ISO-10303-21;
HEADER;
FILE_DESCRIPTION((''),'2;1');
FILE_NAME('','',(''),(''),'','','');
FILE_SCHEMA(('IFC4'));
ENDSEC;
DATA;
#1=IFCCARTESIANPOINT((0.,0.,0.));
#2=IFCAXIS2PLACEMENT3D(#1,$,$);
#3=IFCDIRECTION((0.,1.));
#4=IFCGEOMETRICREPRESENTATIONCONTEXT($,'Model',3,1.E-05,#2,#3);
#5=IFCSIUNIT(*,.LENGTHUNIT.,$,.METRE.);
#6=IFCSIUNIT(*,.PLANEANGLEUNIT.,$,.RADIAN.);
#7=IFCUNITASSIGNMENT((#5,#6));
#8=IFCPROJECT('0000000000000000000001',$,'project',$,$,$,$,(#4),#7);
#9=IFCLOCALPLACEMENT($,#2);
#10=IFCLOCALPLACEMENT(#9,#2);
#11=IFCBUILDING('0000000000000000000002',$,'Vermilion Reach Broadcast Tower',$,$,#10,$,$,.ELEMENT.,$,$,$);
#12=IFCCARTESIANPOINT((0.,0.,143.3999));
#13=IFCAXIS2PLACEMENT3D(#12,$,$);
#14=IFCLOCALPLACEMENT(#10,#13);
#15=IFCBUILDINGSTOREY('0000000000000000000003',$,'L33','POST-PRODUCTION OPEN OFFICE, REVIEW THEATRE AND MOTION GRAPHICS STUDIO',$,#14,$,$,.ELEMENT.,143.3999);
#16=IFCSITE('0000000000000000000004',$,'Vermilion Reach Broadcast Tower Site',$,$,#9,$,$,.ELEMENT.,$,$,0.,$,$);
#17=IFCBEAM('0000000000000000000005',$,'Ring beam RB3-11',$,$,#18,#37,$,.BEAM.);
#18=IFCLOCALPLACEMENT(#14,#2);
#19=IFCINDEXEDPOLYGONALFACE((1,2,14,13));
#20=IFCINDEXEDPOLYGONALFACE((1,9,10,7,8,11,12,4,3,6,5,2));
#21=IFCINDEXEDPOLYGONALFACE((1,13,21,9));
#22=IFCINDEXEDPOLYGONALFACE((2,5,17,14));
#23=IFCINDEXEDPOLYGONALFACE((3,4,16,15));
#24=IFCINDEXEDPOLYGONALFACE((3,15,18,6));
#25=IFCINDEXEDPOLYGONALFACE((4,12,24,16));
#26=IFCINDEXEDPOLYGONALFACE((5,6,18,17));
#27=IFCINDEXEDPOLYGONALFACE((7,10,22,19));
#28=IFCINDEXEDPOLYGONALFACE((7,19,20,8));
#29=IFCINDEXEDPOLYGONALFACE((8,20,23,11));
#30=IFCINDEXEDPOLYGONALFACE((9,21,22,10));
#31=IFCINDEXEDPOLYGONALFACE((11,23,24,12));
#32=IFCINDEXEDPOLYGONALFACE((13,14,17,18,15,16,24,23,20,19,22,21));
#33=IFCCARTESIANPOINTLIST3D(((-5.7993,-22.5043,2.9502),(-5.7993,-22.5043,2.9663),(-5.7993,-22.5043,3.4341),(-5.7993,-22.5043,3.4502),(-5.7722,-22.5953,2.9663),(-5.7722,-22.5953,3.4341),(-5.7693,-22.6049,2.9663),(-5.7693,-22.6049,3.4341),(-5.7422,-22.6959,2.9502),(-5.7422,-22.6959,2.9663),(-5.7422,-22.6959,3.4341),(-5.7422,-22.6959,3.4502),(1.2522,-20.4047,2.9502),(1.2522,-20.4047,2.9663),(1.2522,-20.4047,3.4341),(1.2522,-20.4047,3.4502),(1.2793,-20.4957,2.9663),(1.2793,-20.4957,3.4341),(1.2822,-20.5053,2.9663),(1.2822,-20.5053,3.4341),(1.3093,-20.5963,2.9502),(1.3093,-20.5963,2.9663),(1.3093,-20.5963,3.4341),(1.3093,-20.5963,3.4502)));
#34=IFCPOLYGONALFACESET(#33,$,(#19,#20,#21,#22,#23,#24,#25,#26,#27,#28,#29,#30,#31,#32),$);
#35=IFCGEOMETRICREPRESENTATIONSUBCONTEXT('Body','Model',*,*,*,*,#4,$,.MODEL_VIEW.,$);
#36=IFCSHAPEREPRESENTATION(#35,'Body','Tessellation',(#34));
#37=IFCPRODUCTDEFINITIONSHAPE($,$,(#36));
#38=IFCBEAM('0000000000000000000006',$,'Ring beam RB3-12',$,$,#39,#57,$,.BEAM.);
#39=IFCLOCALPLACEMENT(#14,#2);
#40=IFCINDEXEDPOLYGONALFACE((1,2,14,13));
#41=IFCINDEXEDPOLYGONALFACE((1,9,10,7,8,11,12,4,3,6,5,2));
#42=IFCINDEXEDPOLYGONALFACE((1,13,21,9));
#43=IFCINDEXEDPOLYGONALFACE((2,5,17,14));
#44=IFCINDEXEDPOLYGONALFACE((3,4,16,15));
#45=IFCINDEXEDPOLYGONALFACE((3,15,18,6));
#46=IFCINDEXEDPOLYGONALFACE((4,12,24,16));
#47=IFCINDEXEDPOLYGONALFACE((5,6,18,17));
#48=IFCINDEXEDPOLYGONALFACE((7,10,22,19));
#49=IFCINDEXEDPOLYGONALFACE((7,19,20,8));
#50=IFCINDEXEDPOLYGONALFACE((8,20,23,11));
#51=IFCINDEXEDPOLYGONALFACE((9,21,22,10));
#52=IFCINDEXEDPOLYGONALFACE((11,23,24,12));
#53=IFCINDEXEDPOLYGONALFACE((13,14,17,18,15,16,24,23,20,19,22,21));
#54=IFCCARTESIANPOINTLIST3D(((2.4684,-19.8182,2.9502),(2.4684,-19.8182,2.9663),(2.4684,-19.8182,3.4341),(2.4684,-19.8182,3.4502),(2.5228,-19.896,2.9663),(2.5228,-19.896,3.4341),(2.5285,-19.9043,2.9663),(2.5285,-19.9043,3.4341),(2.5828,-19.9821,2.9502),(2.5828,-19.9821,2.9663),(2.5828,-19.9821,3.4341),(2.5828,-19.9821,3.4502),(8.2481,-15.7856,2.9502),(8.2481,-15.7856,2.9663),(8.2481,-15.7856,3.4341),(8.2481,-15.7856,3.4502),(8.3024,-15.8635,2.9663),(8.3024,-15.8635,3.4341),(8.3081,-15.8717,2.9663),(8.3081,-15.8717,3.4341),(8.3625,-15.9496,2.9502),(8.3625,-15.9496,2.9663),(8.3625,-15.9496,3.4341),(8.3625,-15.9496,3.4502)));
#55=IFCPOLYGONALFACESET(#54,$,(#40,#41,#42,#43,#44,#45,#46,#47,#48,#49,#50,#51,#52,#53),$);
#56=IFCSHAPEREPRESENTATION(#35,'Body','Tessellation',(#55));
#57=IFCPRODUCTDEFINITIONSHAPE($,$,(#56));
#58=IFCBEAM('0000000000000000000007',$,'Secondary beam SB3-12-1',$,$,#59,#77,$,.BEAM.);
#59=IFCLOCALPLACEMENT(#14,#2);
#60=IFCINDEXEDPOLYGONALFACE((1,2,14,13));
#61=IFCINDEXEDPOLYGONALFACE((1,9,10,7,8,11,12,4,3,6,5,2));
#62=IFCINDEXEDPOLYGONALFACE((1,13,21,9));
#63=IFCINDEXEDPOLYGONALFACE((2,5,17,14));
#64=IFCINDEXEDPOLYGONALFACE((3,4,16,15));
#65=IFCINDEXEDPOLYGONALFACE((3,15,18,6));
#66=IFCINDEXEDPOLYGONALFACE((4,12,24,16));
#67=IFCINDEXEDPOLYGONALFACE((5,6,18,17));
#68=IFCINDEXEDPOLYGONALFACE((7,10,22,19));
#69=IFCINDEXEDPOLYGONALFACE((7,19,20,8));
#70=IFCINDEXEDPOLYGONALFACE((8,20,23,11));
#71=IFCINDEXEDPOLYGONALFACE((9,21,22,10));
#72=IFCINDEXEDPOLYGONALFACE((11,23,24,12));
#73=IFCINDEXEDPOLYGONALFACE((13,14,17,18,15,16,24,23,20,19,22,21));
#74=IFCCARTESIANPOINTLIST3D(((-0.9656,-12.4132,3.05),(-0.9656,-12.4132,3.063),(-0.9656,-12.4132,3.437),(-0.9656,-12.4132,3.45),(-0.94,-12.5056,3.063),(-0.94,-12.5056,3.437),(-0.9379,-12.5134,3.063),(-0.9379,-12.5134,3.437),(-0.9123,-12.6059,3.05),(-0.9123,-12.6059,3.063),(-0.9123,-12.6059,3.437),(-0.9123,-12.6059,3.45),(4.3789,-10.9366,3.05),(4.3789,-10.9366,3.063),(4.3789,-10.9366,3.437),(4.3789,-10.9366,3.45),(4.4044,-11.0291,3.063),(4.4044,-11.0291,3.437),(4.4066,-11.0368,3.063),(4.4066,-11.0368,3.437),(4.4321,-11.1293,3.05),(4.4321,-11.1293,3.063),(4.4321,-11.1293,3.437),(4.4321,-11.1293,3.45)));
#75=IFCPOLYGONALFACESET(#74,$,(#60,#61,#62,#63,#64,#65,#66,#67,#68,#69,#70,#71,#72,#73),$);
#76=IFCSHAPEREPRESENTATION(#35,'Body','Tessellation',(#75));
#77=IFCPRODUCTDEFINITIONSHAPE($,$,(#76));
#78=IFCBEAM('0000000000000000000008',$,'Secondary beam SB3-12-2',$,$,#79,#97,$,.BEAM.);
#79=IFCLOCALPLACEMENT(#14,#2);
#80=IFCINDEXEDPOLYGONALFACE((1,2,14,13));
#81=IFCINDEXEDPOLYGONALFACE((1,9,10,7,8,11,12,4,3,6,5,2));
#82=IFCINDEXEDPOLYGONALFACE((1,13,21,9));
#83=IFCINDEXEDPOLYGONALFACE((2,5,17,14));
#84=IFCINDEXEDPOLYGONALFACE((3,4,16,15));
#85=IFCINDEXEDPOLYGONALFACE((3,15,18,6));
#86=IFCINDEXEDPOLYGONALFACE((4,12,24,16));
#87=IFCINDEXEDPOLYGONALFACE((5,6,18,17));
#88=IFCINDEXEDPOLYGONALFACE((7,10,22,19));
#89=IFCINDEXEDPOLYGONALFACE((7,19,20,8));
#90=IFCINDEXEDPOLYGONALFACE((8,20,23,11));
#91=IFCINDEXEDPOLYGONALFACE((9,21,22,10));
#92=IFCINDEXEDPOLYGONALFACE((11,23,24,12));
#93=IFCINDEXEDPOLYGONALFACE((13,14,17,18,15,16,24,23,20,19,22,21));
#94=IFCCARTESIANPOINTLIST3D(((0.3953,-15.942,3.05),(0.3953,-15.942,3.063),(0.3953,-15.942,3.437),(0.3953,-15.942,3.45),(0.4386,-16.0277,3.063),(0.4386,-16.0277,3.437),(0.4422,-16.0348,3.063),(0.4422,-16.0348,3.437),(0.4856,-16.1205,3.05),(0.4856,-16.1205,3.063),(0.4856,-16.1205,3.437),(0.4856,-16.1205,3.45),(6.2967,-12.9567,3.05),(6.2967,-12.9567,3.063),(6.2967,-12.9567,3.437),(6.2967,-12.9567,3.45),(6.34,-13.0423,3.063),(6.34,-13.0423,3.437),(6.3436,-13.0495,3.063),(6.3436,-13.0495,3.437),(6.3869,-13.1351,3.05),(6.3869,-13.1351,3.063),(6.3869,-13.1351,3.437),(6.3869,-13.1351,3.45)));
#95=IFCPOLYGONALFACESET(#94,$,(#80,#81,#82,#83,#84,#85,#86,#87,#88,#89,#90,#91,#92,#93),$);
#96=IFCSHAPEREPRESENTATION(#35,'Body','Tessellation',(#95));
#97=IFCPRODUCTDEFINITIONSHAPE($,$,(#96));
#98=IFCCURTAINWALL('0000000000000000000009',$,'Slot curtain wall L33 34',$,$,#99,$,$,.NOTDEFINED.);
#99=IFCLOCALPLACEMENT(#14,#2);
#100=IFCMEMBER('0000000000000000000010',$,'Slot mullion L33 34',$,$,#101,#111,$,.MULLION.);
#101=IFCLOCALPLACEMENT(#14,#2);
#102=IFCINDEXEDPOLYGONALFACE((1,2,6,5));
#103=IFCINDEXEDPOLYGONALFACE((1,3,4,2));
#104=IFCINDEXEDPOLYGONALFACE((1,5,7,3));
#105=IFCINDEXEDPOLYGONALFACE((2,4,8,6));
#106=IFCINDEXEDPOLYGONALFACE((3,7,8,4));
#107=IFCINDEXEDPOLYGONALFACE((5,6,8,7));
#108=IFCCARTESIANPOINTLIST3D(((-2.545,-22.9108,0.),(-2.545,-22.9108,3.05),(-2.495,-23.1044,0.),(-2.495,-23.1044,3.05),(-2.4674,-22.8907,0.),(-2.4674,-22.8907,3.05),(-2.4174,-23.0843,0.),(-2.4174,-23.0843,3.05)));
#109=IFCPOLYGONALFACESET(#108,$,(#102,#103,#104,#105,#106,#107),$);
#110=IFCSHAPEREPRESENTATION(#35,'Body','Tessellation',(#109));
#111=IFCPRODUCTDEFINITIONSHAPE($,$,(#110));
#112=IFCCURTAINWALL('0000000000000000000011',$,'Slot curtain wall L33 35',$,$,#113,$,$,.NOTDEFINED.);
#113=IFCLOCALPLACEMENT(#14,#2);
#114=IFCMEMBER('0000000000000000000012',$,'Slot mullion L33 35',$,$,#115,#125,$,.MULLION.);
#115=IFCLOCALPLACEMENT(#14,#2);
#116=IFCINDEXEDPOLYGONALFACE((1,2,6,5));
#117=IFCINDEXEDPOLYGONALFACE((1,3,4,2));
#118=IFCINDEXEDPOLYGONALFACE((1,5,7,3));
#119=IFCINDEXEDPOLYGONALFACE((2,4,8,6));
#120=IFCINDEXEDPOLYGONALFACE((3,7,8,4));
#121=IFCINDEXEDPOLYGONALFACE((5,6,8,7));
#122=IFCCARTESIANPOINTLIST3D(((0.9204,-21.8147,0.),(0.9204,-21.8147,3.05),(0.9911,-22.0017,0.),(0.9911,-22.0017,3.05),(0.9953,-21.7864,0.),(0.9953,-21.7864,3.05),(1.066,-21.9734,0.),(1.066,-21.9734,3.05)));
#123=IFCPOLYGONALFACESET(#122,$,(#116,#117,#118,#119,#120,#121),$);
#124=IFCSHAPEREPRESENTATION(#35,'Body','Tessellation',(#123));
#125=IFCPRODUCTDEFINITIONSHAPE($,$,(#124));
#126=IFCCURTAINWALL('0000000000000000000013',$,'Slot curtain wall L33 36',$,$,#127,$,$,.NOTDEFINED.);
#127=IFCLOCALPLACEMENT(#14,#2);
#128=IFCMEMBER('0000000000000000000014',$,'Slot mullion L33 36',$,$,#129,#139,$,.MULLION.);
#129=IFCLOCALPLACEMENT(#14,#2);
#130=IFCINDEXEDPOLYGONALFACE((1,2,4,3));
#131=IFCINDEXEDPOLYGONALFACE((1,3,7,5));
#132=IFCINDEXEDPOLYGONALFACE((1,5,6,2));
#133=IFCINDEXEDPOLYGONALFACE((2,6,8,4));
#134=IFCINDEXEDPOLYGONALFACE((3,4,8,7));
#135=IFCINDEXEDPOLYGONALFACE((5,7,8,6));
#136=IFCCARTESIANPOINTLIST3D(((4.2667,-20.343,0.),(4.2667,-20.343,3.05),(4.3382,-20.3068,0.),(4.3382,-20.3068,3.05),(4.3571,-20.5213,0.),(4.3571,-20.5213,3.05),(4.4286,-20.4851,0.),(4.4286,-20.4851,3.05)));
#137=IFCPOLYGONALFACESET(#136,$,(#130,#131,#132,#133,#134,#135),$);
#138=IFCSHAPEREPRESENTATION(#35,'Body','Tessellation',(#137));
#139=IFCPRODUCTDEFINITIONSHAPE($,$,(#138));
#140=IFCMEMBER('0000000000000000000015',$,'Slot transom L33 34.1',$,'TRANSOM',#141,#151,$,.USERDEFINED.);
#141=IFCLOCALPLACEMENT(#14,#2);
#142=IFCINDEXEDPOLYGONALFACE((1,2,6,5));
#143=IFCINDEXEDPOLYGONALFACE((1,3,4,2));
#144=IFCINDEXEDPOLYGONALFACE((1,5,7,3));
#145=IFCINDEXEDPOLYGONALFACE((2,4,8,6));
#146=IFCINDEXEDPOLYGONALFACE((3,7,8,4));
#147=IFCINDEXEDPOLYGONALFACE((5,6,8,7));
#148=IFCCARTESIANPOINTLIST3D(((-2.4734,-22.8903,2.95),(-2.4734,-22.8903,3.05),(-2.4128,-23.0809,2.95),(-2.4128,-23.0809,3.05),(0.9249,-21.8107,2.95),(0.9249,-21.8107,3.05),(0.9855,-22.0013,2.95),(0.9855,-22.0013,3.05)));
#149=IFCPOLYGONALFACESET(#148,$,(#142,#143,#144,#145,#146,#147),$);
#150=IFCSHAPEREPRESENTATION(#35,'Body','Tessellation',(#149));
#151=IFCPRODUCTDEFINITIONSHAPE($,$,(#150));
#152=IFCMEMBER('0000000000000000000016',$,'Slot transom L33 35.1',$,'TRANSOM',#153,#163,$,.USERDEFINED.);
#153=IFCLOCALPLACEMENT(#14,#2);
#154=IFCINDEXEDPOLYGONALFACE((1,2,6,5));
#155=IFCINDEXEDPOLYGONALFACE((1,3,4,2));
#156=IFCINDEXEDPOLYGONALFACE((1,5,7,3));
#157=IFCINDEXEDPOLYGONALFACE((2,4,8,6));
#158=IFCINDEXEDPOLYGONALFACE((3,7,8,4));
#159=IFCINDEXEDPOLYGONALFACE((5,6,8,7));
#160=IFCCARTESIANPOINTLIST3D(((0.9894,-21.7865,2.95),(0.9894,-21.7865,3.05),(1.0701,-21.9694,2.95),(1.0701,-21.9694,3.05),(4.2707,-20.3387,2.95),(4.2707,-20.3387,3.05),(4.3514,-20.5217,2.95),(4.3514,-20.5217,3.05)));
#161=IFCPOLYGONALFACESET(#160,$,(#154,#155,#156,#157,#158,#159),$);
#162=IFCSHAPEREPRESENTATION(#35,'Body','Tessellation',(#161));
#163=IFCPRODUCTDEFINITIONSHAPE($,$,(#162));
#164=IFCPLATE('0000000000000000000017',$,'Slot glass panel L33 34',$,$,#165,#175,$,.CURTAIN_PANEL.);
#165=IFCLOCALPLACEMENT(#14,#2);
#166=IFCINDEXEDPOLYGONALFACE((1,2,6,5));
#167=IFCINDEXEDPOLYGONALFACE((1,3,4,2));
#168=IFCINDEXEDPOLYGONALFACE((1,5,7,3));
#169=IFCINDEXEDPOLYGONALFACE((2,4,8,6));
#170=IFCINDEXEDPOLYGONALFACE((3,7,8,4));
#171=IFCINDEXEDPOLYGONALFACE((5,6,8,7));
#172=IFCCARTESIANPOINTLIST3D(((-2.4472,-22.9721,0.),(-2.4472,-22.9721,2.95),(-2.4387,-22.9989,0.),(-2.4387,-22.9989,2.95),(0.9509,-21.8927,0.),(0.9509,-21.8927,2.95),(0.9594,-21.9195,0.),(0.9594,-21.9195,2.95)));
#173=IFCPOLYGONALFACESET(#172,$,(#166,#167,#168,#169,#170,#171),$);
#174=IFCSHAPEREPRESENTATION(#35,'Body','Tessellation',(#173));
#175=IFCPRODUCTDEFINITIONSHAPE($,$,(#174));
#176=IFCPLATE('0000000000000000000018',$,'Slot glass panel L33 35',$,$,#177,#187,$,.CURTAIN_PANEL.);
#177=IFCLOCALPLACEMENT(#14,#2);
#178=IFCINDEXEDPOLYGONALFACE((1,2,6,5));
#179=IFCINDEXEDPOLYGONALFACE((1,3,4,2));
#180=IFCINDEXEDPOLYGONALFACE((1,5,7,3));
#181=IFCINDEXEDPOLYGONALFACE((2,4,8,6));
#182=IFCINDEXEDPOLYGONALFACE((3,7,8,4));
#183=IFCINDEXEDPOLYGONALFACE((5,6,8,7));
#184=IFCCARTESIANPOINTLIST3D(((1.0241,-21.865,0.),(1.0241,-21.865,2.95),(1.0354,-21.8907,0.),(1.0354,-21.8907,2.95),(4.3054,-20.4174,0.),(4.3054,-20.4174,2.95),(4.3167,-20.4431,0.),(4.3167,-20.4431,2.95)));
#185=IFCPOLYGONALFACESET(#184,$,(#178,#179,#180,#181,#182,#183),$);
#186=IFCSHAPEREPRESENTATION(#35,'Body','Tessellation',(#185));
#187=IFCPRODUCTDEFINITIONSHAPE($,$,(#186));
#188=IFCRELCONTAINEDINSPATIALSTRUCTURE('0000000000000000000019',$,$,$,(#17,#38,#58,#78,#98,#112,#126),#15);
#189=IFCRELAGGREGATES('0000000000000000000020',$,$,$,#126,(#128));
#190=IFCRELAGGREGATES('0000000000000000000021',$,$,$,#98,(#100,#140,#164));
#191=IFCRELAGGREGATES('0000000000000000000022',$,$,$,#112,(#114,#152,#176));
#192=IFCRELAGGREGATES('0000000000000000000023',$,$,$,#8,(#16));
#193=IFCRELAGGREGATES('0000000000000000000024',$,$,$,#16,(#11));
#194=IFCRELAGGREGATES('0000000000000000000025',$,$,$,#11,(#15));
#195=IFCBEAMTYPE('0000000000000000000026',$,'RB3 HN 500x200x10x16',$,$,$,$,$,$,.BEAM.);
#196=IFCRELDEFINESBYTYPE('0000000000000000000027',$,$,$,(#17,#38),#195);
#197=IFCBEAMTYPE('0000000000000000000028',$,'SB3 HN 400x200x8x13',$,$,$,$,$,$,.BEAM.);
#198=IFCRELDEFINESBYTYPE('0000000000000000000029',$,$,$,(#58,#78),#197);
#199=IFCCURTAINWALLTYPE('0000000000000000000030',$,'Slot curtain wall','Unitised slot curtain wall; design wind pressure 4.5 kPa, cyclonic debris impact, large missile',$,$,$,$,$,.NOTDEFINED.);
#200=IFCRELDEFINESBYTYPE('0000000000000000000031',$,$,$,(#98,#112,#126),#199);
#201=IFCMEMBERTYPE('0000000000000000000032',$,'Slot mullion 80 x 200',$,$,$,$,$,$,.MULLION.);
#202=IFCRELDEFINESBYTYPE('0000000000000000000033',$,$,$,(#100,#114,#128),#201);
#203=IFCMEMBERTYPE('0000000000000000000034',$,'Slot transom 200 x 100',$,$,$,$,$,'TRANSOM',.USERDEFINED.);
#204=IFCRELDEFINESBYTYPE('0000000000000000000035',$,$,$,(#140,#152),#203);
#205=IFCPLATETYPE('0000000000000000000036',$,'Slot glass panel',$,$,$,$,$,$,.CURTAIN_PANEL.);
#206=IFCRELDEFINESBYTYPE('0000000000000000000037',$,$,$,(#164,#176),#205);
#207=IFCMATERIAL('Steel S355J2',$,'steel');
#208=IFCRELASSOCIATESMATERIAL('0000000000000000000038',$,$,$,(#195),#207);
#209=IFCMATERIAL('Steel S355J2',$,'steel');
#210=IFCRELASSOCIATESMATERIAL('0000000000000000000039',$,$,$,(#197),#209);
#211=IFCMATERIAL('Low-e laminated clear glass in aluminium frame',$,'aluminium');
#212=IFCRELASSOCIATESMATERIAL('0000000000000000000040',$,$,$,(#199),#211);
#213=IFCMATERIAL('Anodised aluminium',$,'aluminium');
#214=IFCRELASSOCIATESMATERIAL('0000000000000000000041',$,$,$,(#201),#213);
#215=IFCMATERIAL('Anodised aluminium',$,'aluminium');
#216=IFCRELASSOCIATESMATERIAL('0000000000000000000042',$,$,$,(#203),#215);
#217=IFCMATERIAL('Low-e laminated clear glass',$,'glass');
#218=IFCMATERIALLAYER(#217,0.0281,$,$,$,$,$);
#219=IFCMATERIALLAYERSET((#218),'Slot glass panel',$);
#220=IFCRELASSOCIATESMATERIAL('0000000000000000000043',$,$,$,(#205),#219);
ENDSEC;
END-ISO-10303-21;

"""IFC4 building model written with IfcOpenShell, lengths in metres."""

from ifc_helpers import new_model, si_unit, direction, frame, origin, origin_2d, place, context, subcontext, project, spatial, rectangle, i_section, extrude, material, layer, layer_set, material_profile, profile_set, type_object, element, aggregate, save


model = new_model("IFC4")

# Units and contexts
model_context = context("Model", 3, precision=1e-05, world=origin(), true_north=direction((0.0, 1.0)))
body_context = subcontext(model_context, "Body", "Model", "MODEL_VIEW")
ifc_project = project(units=[si_unit("LENGTHUNIT", "METRE"), si_unit("PLANEANGLEUNIT", "RADIAN")], contexts=[model_context])

# Site, building, storey
site_placement = place(None, origin())
site = spatial("IfcSite", under=ifc_project, at=site_placement, Name="Vermilion Reach Broadcast Tower Site", CompositionType="ELEMENT", RefElevation=0.0)
building_placement = place(site_placement, origin())
building = spatial("IfcBuilding", under=site, at=building_placement, Name="Vermilion Reach Broadcast Tower", CompositionType="ELEMENT")
storey_placement = place(building_placement, frame((0.0, 0.0, 143.3999)))
storey = spatial("IfcBuildingStorey", under=building, at=storey_placement, Name="L33", Description="POST-PRODUCTION OPEN OFFICE, REVIEW THEATRE AND MOTION GRAPHICS STUDIO", CompositionType="ELEMENT", Elevation=143.3999)

# Beams
ifc_material_1 = material(Name="Steel S355J2", Category="steel")
ifc_material_profile_1 = material_profile(ifc_material_1, i_section(OverallWidth=0.2, OverallDepth=0.5, WebThickness=0.01, FlangeThickness=0.0161, at=origin_2d()), Name="S355J2 HN 500x200x10x16")
ifc_profile_set_1 = profile_set([ifc_material_profile_1], Name="Steel S355J2")
beam_type_1 = type_object("IfcBeamType", Name="RB3 HN 500x200x10x16", PredefinedType="BEAM", material=ifc_profile_set_1)
beam_1_placement = place(storey_placement, frame((-5.7708, -22.6001, 3.2002), z_axis=(0.958417, 0.285372, 0.0), x_axis=(-0.285372, 0.958417, 0.0)))
element("IfcBeam", 1, at=beam_1_placement, inside=storey, type_object=beam_type_1, Name="Ring beam RB3-11", PredefinedType="BEAM", context=body_context, shape_type="SweptSolid", body=[
    extrude(i_section(OverallWidth=0.2, OverallDepth=0.5, WebThickness=0.01, FlangeThickness=0.0161, at=origin_2d()), origin(), (0.0, 0.0, 1.0), 7.3574),
])
beam_2_placement = place(storey_placement, frame((2.5256, -19.9001, 3.2002), z_axis=(0.820111, 0.572204, 0.0), x_axis=(-0.572204, 0.820111, 0.0)))
element("IfcBeam", 2, at=beam_2_placement, inside=storey, type_object=beam_type_1, Name="Ring beam RB3-12", PredefinedType="BEAM", context=body_context, shape_type="SweptSolid", body=[
    extrude(i_section(OverallWidth=0.2, OverallDepth=0.5, WebThickness=0.01, FlangeThickness=0.0161, at=origin_2d()), origin(), (0.0, 0.0, 1.0), 7.0474),
])
ifc_material_2 = material(Name="Steel S355J2", Category="steel")
ifc_material_profile_2 = material_profile(ifc_material_2, i_section(OverallWidth=0.2, OverallDepth=0.3999, WebThickness=0.0081, FlangeThickness=0.0129, at=origin_2d()), Name="S355J2 HN 400x200x8x13")
ifc_profile_set_2 = profile_set([ifc_material_profile_2], Name="Steel S355J2")
beam_type_2 = type_object("IfcBeamType", Name="SB3 HN 400x200x8x13", PredefinedType="BEAM", material=ifc_profile_set_2)
beam_3_placement = place(storey_placement, frame((-0.939, -12.5095, 3.25), z_axis=(0.96389, 0.266301, 0.0), x_axis=(-0.266301, 0.96389, 0.0)))
element("IfcBeam", 3, at=beam_3_placement, inside=storey, type_object=beam_type_2, Name="Secondary beam SB3-12-1", PredefinedType="BEAM", context=body_context, shape_type="SweptSolid", body=[
    extrude(i_section(OverallWidth=0.2, OverallDepth=0.3999, WebThickness=0.0081, FlangeThickness=0.0129, at=origin_2d()), origin(), (0.0, 0.0, 1.0), 5.5447),
])
beam_4_placement = place(storey_placement, frame((0.4404, -16.0312, 3.25), z_axis=(0.892321, 0.451402, 0.0), x_axis=(-0.451402, 0.892321, 0.0)))
element("IfcBeam", 4, at=beam_4_placement, inside=storey, type_object=beam_type_2, Name="Secondary beam SB3-12-2", PredefinedType="BEAM", context=body_context, shape_type="SweptSolid", body=[
    extrude(i_section(OverallWidth=0.2, OverallDepth=0.3999, WebThickness=0.0081, FlangeThickness=0.0129, at=origin_2d()), origin(), (0.0, 0.0, 1.0), 6.6135),
])

# Curtain walls, members
ifc_material_3 = material(Name="Low-e laminated clear glass in aluminium frame", Category="aluminium")
curtain_wall_type = type_object("IfcCurtainWallType", Name="Slot curtain wall", Description="Unitised slot curtain wall; design wind pressure 4.5 kPa, cyclonic debris impact, large missile", PredefinedType="NOTDEFINED", material=ifc_material_3)
placement = place(storey_placement, origin())
curtain_wall_1 = element("IfcCurtainWall", 5, at=placement, inside=storey, type_object=curtain_wall_type, Name="Slot curtain wall L33 34", PredefinedType="NOTDEFINED")
ifc_material_4 = material(Name="Anodised aluminium", Category="aluminium")
ifc_material_profile_3 = material_profile(ifc_material_4, rectangle(XDim=0.2, YDim=0.0801, at=origin_2d()), Name="Slot mullion 80 x 200")
ifc_profile_set_3 = profile_set([ifc_material_profile_3], Name="Anodised aluminium")
member_type_1 = type_object("IfcMemberType", Name="Slot mullion 80 x 200", PredefinedType="MULLION", material=ifc_profile_set_3)
member_1_placement = place(storey_placement, frame((-2.4812, -22.9976, 0.0), z_axis=(0.0, 0.0, 1.0), x_axis=(-0.250025, 0.968239, 0.0)))
member_1 = element("IfcMember", 6, at=member_1_placement, type_object=member_type_1, Name="Slot mullion L33 34", PredefinedType="MULLION", context=body_context, shape_type="SweptSolid", body=[
    extrude(rectangle(XDim=0.2, YDim=0.0801, at=origin_2d()), origin(), (0.0, 0.0, 1.0), 3.05),
])
curtain_wall_2 = element("IfcCurtainWall", 7, at=placement, inside=storey, type_object=curtain_wall_type, Name="Slot curtain wall L33 35", PredefinedType="NOTDEFINED")
member_2_placement = place(storey_placement, frame((0.9932, -21.894, 0.0), z_axis=(0.0, 0.0, 1.0), x_axis=(-0.353704, 0.935357, 0.0)))
member_2 = element("IfcMember", 8, at=member_2_placement, type_object=member_type_1, Name="Slot mullion L33 35", PredefinedType="MULLION", context=body_context, shape_type="SweptSolid", body=[
    extrude(rectangle(XDim=0.2, YDim=0.0801, at=origin_2d()), origin(), (0.0, 0.0, 1.0), 3.05),
])
curtain_wall_3 = element("IfcCurtainWall", 9, at=placement, inside=storey, type_object=curtain_wall_type, Name="Slot curtain wall L33 36", PredefinedType="NOTDEFINED")
member_3_placement = place(storey_placement, frame((4.3477, -20.4141, 0.0), z_axis=(0.0, 0.0, 1.0), x_axis=(-0.452123, 0.891955, 0.0)))
member_3 = element("IfcMember", 10, at=member_3_placement, type_object=member_type_1, Name="Slot mullion L33 36", PredefinedType="MULLION", context=body_context, shape_type="SweptSolid", body=[
    extrude(rectangle(XDim=0.2, YDim=0.0801, at=origin_2d()), origin(), (0.0, 0.0, 1.0), 3.05),
])
aggregate(curtain_wall_3, [member_3])

# Members
ifc_material_5 = material(Name="Anodised aluminium", Category="aluminium")
ifc_material_profile_4 = material_profile(ifc_material_5, rectangle(XDim=0.2, YDim=0.1001, at=origin_2d()), Name="Slot transom 200 x 100")
ifc_profile_set_4 = profile_set([ifc_material_profile_4], Name="Anodised aluminium")
member_type_2 = type_object("IfcMemberType", Name="Slot transom 200 x 100", ElementType="TRANSOM", PredefinedType="USERDEFINED", material=ifc_profile_set_4)
member_4_placement = place(storey_placement, frame((-2.4431, -22.9856, 3.0), z_axis=(0.95306, 0.302783, 0.0), x_axis=(-0.302783, 0.95306, 0.0)))
member_4 = element("IfcMember", 11, at=member_4_placement, type_object=member_type_2, Name="Slot transom L33 34.1", ObjectType="TRANSOM", PredefinedType="USERDEFINED", context=body_context, shape_type="SweptSolid", body=[
    extrude(rectangle(XDim=0.2, YDim=0.1001, at=origin_2d()), origin(), (0.0, 0.0, 1.0), 3.5657),
])
member_5_placement = place(storey_placement, frame((1.0298, -21.8779, 3.0), z_axis=(0.914903, 0.403674, 0.0), x_axis=(-0.403674, 0.914903, 0.0)))
member_5 = element("IfcMember", 12, at=member_5_placement, type_object=member_type_2, Name="Slot transom L33 35.1", ObjectType="TRANSOM", PredefinedType="USERDEFINED", context=body_context, shape_type="SweptSolid", body=[
    extrude(rectangle(XDim=0.2, YDim=0.1001, at=origin_2d()), origin(), (0.0, 0.0, 1.0), 3.5864),
])

# Plates
ifc_material_6 = material(Name="Low-e laminated clear glass", Category="glass")
ifc_layer_1 = layer(ifc_material_6, 0.0281)
ifc_layer_set_1 = layer_set([ifc_layer_1], Name="Slot glass panel")
plate_type = type_object("IfcPlateType", Name="Slot glass panel", PredefinedType="CURTAIN_PANEL", material=ifc_layer_set_1)
plate_1_placement = place(storey_placement, frame((-0.7439, -22.4458, 0.0), z_axis=(0.0, 0.0, 1.0), x_axis=(0.953072, 0.302743, 0.0)))
plate_1 = element("IfcPlate", 13, at=plate_1_placement, type_object=plate_type, Name="Slot glass panel L33 34", PredefinedType="CURTAIN_PANEL", context=body_context, shape_type="SweptSolid", body=[
    extrude(rectangle(XDim=3.5654, YDim=0.0281, at=origin_2d()), origin(), (0.0, 0.0, 1.0), 2.95),
])
aggregate(curtain_wall_1, [member_1, member_4, plate_1])
plate_2_placement = place(storey_placement, frame((2.6704, -21.1541, 0.0), z_axis=(0.0, 0.0, 1.0), x_axis=(0.91492, 0.403636, 0.0)))
plate_2 = element("IfcPlate", 14, at=plate_2_placement, type_object=plate_type, Name="Slot glass panel L33 35", PredefinedType="CURTAIN_PANEL", context=body_context, shape_type="SweptSolid", body=[
    extrude(rectangle(XDim=3.5864, YDim=0.0281, at=origin_2d()), origin(), (0.0, 0.0, 1.0), 2.95),
])
aggregate(curtain_wall_2, [member_2, member_5, plate_2])

save(model, "model.ifc")
